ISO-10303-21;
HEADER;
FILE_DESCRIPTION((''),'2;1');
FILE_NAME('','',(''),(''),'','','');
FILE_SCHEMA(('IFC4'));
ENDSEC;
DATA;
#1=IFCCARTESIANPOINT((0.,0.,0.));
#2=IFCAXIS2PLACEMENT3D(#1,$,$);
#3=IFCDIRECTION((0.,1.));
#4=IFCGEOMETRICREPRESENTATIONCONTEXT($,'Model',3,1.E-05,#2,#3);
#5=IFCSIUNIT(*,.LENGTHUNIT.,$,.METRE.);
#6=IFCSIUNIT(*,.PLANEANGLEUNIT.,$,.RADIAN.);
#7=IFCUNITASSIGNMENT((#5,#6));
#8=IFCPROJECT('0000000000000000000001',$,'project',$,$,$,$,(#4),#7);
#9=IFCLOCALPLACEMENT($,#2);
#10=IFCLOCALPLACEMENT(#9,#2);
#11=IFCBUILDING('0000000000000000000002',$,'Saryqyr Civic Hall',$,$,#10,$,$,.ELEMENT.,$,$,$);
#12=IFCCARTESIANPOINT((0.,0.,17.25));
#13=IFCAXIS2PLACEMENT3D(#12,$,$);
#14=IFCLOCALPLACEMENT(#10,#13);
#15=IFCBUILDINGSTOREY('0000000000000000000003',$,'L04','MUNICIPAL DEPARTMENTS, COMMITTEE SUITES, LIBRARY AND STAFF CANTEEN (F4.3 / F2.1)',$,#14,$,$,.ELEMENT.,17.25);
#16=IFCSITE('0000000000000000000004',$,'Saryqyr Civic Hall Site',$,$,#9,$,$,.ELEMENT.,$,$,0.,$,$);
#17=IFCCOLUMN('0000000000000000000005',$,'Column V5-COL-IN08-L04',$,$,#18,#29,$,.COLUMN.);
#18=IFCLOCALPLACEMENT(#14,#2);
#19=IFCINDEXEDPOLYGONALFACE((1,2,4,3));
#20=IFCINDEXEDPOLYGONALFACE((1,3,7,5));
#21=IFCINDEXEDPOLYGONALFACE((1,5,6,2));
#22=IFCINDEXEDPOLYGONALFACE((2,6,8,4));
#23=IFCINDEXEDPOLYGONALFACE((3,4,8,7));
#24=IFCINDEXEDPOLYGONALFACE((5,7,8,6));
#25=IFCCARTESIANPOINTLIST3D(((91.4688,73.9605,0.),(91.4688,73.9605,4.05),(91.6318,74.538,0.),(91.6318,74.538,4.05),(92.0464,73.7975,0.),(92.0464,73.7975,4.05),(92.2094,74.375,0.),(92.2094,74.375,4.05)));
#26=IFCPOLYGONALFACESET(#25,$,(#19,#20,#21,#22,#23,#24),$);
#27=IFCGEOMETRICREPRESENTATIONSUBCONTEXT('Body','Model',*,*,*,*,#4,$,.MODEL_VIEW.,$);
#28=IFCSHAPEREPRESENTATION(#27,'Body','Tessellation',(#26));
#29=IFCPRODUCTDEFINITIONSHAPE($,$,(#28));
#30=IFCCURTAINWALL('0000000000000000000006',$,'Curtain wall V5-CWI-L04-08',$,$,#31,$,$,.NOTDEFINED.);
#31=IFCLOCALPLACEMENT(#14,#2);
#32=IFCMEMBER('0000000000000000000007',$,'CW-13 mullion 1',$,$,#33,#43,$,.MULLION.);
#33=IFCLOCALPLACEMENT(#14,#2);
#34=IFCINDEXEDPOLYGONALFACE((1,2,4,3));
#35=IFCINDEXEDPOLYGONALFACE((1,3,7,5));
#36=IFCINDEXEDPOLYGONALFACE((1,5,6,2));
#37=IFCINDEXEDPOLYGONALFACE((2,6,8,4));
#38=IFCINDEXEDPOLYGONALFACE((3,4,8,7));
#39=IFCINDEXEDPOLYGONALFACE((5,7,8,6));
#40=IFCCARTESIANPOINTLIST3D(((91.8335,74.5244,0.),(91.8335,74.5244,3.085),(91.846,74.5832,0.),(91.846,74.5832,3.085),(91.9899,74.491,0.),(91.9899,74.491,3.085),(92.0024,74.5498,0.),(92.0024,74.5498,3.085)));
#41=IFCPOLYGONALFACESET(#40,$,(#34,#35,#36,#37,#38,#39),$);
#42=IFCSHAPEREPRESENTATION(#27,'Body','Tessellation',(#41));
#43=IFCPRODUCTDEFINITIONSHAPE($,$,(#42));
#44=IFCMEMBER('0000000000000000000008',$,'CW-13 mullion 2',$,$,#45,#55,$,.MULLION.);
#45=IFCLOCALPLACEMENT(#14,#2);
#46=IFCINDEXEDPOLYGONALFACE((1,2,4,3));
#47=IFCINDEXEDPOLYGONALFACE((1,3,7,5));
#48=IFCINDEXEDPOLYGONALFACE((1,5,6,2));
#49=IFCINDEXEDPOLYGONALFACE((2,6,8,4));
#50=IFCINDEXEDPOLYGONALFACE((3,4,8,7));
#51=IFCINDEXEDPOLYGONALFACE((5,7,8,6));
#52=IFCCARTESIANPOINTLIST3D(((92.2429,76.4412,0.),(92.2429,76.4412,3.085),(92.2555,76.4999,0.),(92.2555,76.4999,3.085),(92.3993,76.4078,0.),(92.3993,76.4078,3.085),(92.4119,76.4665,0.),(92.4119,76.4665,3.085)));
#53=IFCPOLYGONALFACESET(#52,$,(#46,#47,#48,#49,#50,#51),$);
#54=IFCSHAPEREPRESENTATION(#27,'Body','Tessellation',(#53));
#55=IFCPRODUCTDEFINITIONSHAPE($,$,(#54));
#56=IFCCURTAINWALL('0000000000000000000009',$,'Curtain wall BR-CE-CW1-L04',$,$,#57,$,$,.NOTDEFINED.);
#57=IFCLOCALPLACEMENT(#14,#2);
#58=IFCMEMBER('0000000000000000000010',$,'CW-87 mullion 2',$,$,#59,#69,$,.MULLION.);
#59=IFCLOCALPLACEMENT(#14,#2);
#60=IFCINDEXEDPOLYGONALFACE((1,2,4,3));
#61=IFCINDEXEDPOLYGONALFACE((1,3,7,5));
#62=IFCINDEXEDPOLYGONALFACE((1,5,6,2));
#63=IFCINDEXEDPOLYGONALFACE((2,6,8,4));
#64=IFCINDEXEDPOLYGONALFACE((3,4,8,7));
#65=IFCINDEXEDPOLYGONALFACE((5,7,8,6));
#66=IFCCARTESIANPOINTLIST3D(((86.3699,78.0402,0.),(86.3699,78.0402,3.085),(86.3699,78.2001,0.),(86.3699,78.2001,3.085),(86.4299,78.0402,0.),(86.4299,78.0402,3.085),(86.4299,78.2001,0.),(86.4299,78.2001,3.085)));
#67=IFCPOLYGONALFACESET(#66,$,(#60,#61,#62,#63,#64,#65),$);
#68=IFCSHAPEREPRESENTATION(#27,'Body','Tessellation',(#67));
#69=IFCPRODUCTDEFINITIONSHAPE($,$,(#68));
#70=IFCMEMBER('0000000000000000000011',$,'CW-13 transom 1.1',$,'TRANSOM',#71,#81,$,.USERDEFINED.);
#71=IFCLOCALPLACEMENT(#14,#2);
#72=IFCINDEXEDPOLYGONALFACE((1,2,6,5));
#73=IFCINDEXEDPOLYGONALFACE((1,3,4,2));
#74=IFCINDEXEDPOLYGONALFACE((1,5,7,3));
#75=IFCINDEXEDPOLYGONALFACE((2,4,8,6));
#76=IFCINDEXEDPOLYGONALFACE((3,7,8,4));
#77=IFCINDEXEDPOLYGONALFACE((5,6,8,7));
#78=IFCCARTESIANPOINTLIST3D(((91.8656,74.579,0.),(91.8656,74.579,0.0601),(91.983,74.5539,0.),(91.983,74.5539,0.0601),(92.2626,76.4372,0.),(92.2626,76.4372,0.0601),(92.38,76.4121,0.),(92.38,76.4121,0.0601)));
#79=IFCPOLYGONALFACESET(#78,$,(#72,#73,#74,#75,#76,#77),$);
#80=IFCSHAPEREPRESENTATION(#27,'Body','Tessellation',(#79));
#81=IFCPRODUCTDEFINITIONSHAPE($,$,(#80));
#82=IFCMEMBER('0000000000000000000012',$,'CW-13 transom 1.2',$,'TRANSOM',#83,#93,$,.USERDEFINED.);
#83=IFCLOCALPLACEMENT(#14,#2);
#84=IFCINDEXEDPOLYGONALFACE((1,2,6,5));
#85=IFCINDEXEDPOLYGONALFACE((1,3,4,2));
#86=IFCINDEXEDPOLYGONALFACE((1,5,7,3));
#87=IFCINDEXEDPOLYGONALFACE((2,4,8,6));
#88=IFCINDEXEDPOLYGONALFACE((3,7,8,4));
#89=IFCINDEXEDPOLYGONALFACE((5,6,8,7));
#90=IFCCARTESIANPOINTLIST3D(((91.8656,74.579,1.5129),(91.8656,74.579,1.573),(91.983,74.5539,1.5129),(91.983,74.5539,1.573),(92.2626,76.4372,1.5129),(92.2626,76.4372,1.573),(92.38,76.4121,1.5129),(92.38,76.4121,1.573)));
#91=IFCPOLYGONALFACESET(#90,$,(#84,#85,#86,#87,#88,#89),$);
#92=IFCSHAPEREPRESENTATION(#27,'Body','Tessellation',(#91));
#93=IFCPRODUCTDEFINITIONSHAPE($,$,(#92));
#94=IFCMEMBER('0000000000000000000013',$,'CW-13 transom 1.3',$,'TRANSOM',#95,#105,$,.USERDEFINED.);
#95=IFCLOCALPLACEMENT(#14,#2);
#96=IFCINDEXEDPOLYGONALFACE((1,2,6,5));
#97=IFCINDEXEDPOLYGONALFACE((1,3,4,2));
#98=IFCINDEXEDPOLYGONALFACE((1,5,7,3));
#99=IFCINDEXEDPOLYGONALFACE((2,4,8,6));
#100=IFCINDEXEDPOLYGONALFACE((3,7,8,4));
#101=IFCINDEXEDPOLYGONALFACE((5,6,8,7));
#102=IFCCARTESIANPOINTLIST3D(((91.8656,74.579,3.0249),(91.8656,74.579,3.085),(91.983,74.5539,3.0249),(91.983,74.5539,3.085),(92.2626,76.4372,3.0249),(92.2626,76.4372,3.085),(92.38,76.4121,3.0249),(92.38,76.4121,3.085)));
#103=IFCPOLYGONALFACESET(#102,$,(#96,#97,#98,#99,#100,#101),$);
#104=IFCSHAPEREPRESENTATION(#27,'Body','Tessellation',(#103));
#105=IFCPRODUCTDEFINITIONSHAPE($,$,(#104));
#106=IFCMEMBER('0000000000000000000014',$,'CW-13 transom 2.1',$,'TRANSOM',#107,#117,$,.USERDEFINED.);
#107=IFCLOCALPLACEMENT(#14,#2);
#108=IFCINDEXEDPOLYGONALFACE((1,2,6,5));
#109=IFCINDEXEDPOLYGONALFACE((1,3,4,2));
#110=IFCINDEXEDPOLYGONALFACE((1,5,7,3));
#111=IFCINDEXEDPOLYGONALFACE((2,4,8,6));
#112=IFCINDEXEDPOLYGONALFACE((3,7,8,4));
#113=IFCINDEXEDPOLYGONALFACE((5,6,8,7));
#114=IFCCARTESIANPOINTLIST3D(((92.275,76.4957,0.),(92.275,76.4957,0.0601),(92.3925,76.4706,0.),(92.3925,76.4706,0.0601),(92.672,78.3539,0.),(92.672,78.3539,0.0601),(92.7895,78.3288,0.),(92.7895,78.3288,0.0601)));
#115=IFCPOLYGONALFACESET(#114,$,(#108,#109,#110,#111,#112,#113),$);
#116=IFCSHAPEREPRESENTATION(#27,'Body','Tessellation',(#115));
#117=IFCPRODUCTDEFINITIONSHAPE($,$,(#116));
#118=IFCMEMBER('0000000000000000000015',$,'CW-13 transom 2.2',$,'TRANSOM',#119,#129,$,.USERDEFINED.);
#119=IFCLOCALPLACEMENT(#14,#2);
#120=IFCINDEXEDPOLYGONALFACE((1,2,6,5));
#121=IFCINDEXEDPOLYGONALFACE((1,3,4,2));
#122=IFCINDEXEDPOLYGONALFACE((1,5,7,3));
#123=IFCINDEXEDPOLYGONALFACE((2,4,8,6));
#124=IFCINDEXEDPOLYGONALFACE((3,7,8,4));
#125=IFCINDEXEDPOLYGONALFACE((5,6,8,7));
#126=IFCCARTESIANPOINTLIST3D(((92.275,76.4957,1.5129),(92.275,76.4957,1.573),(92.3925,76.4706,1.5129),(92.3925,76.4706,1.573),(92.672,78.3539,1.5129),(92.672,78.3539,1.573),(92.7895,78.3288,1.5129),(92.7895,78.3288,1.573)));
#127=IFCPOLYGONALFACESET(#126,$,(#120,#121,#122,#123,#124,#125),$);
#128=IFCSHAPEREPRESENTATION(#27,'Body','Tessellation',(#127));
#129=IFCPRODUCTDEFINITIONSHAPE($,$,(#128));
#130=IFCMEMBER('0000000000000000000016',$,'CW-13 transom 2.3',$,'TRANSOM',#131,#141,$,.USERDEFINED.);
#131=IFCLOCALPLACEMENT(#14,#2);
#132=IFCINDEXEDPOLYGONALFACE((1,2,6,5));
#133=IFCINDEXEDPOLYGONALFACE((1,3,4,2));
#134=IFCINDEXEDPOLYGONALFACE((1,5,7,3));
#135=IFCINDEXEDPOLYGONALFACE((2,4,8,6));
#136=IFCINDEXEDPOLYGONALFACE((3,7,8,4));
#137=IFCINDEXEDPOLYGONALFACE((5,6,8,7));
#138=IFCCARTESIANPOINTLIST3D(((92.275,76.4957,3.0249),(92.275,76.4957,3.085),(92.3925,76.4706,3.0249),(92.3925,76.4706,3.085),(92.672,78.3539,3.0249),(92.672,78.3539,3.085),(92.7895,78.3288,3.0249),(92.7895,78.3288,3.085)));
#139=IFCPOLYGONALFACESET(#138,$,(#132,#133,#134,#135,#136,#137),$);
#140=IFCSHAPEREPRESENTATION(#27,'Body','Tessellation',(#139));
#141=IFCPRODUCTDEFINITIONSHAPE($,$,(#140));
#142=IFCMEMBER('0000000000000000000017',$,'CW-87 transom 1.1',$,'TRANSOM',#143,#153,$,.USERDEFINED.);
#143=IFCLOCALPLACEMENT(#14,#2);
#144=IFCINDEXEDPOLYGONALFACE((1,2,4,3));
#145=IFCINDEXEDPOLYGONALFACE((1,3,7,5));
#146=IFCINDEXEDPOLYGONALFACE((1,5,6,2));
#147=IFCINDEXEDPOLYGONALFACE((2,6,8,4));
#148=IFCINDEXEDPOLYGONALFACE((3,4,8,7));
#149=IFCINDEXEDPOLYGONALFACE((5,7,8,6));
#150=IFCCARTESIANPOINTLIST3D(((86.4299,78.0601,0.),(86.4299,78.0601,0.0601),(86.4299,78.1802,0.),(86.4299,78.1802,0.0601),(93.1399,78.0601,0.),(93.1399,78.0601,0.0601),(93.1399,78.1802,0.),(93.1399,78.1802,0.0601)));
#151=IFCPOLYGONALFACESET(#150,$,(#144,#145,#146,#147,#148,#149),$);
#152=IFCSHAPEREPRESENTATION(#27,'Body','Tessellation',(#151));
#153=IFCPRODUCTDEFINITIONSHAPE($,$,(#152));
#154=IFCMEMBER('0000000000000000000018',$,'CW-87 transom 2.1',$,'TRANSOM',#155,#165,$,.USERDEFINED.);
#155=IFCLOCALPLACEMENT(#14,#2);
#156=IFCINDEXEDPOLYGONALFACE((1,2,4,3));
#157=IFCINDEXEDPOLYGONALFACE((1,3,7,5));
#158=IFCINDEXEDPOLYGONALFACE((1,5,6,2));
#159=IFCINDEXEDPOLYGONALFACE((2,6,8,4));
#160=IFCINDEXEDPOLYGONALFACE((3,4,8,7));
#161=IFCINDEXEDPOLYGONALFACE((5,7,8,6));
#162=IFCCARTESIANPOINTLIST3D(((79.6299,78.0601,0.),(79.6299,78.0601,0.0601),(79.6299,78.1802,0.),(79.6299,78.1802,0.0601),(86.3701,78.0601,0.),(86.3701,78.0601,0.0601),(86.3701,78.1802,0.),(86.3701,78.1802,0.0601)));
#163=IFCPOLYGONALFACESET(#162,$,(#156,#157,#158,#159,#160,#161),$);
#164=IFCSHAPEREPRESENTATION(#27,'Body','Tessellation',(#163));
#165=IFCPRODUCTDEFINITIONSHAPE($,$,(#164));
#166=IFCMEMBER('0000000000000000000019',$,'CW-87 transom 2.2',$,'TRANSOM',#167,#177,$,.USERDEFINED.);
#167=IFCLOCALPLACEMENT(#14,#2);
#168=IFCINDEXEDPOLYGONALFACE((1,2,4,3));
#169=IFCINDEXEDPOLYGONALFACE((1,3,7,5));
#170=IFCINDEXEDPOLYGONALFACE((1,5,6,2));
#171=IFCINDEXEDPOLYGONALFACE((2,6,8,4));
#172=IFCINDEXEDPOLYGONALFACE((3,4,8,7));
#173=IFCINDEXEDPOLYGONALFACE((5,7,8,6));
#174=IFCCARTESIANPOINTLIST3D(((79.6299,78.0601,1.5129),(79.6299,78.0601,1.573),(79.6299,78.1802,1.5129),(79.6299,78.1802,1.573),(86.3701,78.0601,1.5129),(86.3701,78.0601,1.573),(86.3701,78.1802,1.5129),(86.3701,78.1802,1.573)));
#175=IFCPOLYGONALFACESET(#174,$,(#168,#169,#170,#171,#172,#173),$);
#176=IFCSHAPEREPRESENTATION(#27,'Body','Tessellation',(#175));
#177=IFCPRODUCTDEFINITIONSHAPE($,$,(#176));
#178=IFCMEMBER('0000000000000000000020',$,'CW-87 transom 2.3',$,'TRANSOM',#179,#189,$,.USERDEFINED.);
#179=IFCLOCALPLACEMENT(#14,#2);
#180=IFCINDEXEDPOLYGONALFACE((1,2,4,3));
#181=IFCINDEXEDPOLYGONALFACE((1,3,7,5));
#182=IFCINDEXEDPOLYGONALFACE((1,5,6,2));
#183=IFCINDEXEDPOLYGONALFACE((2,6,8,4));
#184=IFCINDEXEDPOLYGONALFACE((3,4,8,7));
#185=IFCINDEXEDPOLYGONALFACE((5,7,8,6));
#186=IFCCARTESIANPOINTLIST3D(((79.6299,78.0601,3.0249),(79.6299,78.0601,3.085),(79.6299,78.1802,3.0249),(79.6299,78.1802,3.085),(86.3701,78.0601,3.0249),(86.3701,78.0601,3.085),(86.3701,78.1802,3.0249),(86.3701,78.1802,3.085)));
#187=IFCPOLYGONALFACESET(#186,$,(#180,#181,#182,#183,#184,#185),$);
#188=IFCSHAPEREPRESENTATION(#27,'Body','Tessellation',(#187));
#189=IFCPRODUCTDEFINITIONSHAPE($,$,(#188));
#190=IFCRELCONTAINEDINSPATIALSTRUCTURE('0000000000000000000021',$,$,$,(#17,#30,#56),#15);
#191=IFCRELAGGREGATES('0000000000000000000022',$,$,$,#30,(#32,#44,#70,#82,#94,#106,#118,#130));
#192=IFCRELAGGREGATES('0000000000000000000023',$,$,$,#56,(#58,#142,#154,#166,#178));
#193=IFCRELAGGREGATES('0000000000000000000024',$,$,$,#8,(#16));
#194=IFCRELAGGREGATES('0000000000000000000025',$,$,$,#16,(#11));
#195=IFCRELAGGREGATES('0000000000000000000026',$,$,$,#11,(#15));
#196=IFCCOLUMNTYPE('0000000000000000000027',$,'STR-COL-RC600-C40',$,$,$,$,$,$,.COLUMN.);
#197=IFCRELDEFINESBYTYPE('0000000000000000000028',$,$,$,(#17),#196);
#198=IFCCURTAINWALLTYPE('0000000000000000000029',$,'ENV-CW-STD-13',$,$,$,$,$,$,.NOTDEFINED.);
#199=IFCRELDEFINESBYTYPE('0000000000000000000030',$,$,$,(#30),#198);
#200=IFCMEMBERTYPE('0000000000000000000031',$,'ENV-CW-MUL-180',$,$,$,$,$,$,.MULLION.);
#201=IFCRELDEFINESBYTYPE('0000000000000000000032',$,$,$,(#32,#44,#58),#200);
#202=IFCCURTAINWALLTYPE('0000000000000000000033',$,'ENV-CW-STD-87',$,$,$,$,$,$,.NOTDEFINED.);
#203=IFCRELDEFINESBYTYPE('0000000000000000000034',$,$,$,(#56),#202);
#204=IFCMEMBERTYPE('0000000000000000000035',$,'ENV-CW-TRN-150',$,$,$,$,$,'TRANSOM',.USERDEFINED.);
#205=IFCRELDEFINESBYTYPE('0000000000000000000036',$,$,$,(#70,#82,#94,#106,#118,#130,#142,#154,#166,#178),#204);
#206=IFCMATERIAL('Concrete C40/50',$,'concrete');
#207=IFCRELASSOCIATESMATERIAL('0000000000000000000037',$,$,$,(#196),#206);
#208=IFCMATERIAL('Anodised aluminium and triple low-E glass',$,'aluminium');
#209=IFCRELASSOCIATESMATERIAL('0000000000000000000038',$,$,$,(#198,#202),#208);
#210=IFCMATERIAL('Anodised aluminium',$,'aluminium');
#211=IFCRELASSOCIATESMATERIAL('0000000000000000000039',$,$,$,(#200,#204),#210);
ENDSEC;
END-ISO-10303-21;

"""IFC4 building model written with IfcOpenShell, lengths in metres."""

from ifc_helpers import new_model, si_unit, direction, frame, origin, origin_2d, place, context, subcontext, project, spatial, rectangle, extrude, material, material_profile, profile_set, type_object, element, aggregate, save


model = new_model("IFC4")

# Units and contexts
model_context = context("Model", 3, precision=1e-05, world=origin(), true_north=direction((0.0, 1.0)))
body_context = subcontext(model_context, "Body", "Model", "MODEL_VIEW")
ifc_project = project(units=[si_unit("LENGTHUNIT", "METRE"), si_unit("PLANEANGLEUNIT", "RADIAN")], contexts=[model_context])

# Site, building, storey
site_placement = place(None, origin())
site = spatial("IfcSite", under=ifc_project, at=site_placement, Name="Saryqyr Civic Hall Site", CompositionType="ELEMENT", RefElevation=0.0)
building_placement = place(site_placement, origin())
building = spatial("IfcBuilding", under=site, at=building_placement, Name="Saryqyr Civic Hall", CompositionType="ELEMENT")
storey_placement = place(building_placement, frame((0.0, 0.0, 17.25)))
storey = spatial("IfcBuildingStorey", under=building, at=storey_placement, Name="L04", Description="MUNICIPAL DEPARTMENTS, COMMITTEE SUITES, LIBRARY AND STAFF CANTEEN (F4.3 / F2.1)", CompositionType="ELEMENT", Elevation=17.25)

# Column
ifc_material_1 = material(Name="Concrete C40/50", Category="concrete")
ifc_material_profile_1 = material_profile(ifc_material_1, rectangle(XDim=0.6001, YDim=0.6001, at=origin_2d()), Name="RC 600x600")
ifc_profile_set_1 = profile_set([ifc_material_profile_1], Name="Concrete C40/50")
column_type = type_object("IfcColumnType", Name="STR-COL-RC600-C40", PredefinedType="COLUMN", material=ifc_profile_set_1)
column_placement = place(storey_placement, frame((91.8391, 74.1677, 0.0), z_axis=(0.0, 0.0, 1.0), x_axis=(0.962408, -0.271608, 0.0)))
element("IfcColumn", 1, at=column_placement, inside=storey, type_object=column_type, Name="Column V5-COL-IN08-L04", PredefinedType="COLUMN", context=body_context, shape_type="SweptSolid", body=[
    extrude(rectangle(XDim=0.6001, YDim=0.6001, at=origin_2d()), origin(), (0.0, 0.0, 1.0), 4.05),
])

# Curtain wall, members
ifc_material_2 = material(Name="Anodised aluminium and triple low-E glass", Category="aluminium")
curtain_wall_type_1 = type_object("IfcCurtainWallType", Name="ENV-CW-STD-13", PredefinedType="NOTDEFINED", material=ifc_material_2)
curtain_wall_1_placement = place(storey_placement, origin())
curtain_wall_1 = element("IfcCurtainWall", 2, at=curtain_wall_1_placement, inside=storey, type_object=curtain_wall_type_1, Name="Curtain wall V5-CWI-L04-08", PredefinedType="NOTDEFINED")
ifc_material_3 = material(Name="Anodised aluminium", Category="aluminium")
ifc_material_profile_2 = material_profile(ifc_material_3, rectangle(XDim=0.0601, YDim=0.1599, at=origin_2d()), Name="ALU MULLION 60x160")
ifc_profile_set_2 = profile_set([ifc_material_profile_2], Name="Anodised aluminium")
member_type_1 = type_object("IfcMemberType", Name="ENV-CW-MUL-180", PredefinedType="MULLION", material=ifc_profile_set_2)
member_1_placement = place(storey_placement, frame((91.918, 74.5371, 0.0), z_axis=(0.0, 0.0, 1.0), x_axis=(0.208899, 0.977937, 0.0)))
member_1 = element("IfcMember", 3, at=member_1_placement, type_object=member_type_1, Name="CW-13 mullion 1", PredefinedType="MULLION", context=body_context, shape_type="SweptSolid", body=[
    extrude(rectangle(XDim=0.0601, YDim=0.1599, at=origin_2d()), origin(), (0.0, 0.0, 1.0), 3.085),
])
member_2_placement = place(storey_placement, frame((92.3274, 76.4539, 0.0), z_axis=(0.0, 0.0, 1.0), x_axis=(0.208899, 0.977937, 0.0)))
member_2 = element("IfcMember", 4, at=member_2_placement, type_object=member_type_1, Name="CW-13 mullion 2", PredefinedType="MULLION", context=body_context, shape_type="SweptSolid", body=[
    extrude(rectangle(XDim=0.0601, YDim=0.1599, at=origin_2d()), origin(), (0.0, 0.0, 1.0), 3.085),
])

# Curtain wall, member
curtain_wall_type_2 = type_object("IfcCurtainWallType", Name="ENV-CW-STD-87", PredefinedType="NOTDEFINED", material=ifc_material_2)
curtain_wall_2_placement = place(storey_placement, origin())
curtain_wall_2 = element("IfcCurtainWall", 5, at=curtain_wall_2_placement, inside=storey, type_object=curtain_wall_type_2, Name="Curtain wall BR-CE-CW1-L04", PredefinedType="NOTDEFINED")
member_3_placement = place(storey_placement, frame((86.3999, 78.1201, 0.0), z_axis=(0.0, 0.0, 1.0), x_axis=(-1.0, 0.0, 0.0)))
member_3 = element("IfcMember", 6, at=member_3_placement, type_object=member_type_1, Name="CW-87 mullion 2", PredefinedType="MULLION", context=body_context, shape_type="SweptSolid", body=[
    extrude(rectangle(XDim=0.0601, YDim=0.1599, at=origin_2d()), origin(), (0.0, 0.0, 1.0), 3.085),
])

# Members
ifc_material_profile_3 = material_profile(ifc_material_3, rectangle(XDim=0.1201, YDim=0.0601, at=origin_2d()), Name="ALU TRANSOM 120x60")
ifc_profile_set_3 = profile_set([ifc_material_profile_3], Name="Anodised aluminium")
member_type_2 = type_object("IfcMemberType", Name="ENV-CW-TRN-150", ElementType="TRANSOM", PredefinedType="USERDEFINED", material=ifc_profile_set_3)
member_4_placement = place(storey_placement, frame((91.9243, 74.5664, 0.03), z_axis=(0.208924, 0.977932, 0.0), x_axis=(-0.977932, 0.208924, 0.0)))
member_4 = element("IfcMember", 7, at=member_4_placement, type_object=member_type_2, Name="CW-13 transom 1.1", ObjectType="TRANSOM", PredefinedType="USERDEFINED", context=body_context, shape_type="SweptSolid", body=[
    extrude(rectangle(XDim=0.1201, YDim=0.0601, at=origin_2d()), origin(), (0.0, 0.0, 1.0), 1.9001),
])
member_5_placement = place(storey_placement, frame((91.9243, 74.5664, 1.543), z_axis=(0.208924, 0.977932, 0.0), x_axis=(-0.977932, 0.208924, 0.0)))
member_5 = element("IfcMember", 8, at=member_5_placement, type_object=member_type_2, Name="CW-13 transom 1.2", ObjectType="TRANSOM", PredefinedType="USERDEFINED", context=body_context, shape_type="SweptSolid", body=[
    extrude(rectangle(XDim=0.1201, YDim=0.0601, at=origin_2d()), origin(), (0.0, 0.0, 1.0), 1.9001),
])
member_6_placement = place(storey_placement, frame((91.9243, 74.5664, 3.0549), z_axis=(0.208924, 0.977932, 0.0), x_axis=(-0.977932, 0.208924, 0.0)))
member_6 = element("IfcMember", 9, at=member_6_placement, type_object=member_type_2, Name="CW-13 transom 1.3", ObjectType="TRANSOM", PredefinedType="USERDEFINED", context=body_context, shape_type="SweptSolid", body=[
    extrude(rectangle(XDim=0.1201, YDim=0.0601, at=origin_2d()), origin(), (0.0, 0.0, 1.0), 1.9001),
])
member_7_placement = place(storey_placement, frame((92.3337, 76.4832, 0.03), z_axis=(0.208924, 0.977932, 0.0), x_axis=(-0.977932, 0.208924, 0.0)))
member_7 = element("IfcMember", 10, at=member_7_placement, type_object=member_type_2, Name="CW-13 transom 2.1", ObjectType="TRANSOM", PredefinedType="USERDEFINED", context=body_context, shape_type="SweptSolid", body=[
    extrude(rectangle(XDim=0.1201, YDim=0.0601, at=origin_2d()), origin(), (0.0, 0.0, 1.0), 1.9001),
])
member_8_placement = place(storey_placement, frame((92.3337, 76.4832, 1.543), z_axis=(0.208924, 0.977932, 0.0), x_axis=(-0.977932, 0.208924, 0.0)))
member_8 = element("IfcMember", 11, at=member_8_placement, type_object=member_type_2, Name="CW-13 transom 2.2", ObjectType="TRANSOM", PredefinedType="USERDEFINED", context=body_context, shape_type="SweptSolid", body=[
    extrude(rectangle(XDim=0.1201, YDim=0.0601, at=origin_2d()), origin(), (0.0, 0.0, 1.0), 1.9001),
])
member_9_placement = place(storey_placement, frame((92.3337, 76.4832, 3.0549), z_axis=(0.208924, 0.977932, 0.0), x_axis=(-0.977932, 0.208924, 0.0)))
member_9 = element("IfcMember", 12, at=member_9_placement, type_object=member_type_2, Name="CW-13 transom 2.3", ObjectType="TRANSOM", PredefinedType="USERDEFINED", context=body_context, shape_type="SweptSolid", body=[
    extrude(rectangle(XDim=0.1201, YDim=0.0601, at=origin_2d()), origin(), (0.0, 0.0, 1.0), 1.9001),
])
member_10_placement = place(storey_placement, frame((93.1399, 78.1201, 0.03), z_axis=(-1.0, 0.0, 0.0), x_axis=(0.0, -1.0, 0.0)))
member_10 = element("IfcMember", 13, at=member_10_placement, type_object=member_type_2, Name="CW-87 transom 1.1", ObjectType="TRANSOM", PredefinedType="USERDEFINED", context=body_context, shape_type="SweptSolid", body=[
    extrude(rectangle(XDim=0.1201, YDim=0.0601, at=origin_2d()), origin(), (0.0, 0.0, 1.0), 6.71),
])
member_11_placement = place(storey_placement, frame((86.3701, 78.1201, 0.03), z_axis=(-1.0, 0.0, 0.0), x_axis=(0.0, -1.0, 0.0)))
member_11 = element("IfcMember", 14, at=member_11_placement, type_object=member_type_2, Name="CW-87 transom 2.1", ObjectType="TRANSOM", PredefinedType="USERDEFINED", context=body_context, shape_type="SweptSolid", body=[
    extrude(rectangle(XDim=0.1201, YDim=0.0601, at=origin_2d()), origin(), (0.0, 0.0, 1.0), 6.7402),
])
member_12_placement = place(storey_placement, frame((86.3701, 78.1201, 1.543), z_axis=(-1.0, 0.0, 0.0), x_axis=(0.0, -1.0, 0.0)))
member_12 = element("IfcMember", 15, at=member_12_placement, type_object=member_type_2, Name="CW-87 transom 2.2", ObjectType="TRANSOM", PredefinedType="USERDEFINED", context=body_context, shape_type="SweptSolid", body=[
    extrude(rectangle(XDim=0.1201, YDim=0.0601, at=origin_2d()), origin(), (0.0, 0.0, 1.0), 6.7402),
])
member_13_placement = place(storey_placement, frame((86.3701, 78.1201, 3.0549), z_axis=(-1.0, 0.0, 0.0), x_axis=(0.0, -1.0, 0.0)))
member_13 = element("IfcMember", 16, at=member_13_placement, type_object=member_type_2, Name="CW-87 transom 2.3", ObjectType="TRANSOM", PredefinedType="USERDEFINED", context=body_context, shape_type="SweptSolid", body=[
    extrude(rectangle(XDim=0.1201, YDim=0.0601, at=origin_2d()), origin(), (0.0, 0.0, 1.0), 6.7402),
])

aggregate(curtain_wall_1, [member_1, member_2, member_4, member_5, member_6, member_7, member_8, member_9])
aggregate(curtain_wall_2, [member_3, member_10, member_11, member_12, member_13])

save(model, "model.ifc")
